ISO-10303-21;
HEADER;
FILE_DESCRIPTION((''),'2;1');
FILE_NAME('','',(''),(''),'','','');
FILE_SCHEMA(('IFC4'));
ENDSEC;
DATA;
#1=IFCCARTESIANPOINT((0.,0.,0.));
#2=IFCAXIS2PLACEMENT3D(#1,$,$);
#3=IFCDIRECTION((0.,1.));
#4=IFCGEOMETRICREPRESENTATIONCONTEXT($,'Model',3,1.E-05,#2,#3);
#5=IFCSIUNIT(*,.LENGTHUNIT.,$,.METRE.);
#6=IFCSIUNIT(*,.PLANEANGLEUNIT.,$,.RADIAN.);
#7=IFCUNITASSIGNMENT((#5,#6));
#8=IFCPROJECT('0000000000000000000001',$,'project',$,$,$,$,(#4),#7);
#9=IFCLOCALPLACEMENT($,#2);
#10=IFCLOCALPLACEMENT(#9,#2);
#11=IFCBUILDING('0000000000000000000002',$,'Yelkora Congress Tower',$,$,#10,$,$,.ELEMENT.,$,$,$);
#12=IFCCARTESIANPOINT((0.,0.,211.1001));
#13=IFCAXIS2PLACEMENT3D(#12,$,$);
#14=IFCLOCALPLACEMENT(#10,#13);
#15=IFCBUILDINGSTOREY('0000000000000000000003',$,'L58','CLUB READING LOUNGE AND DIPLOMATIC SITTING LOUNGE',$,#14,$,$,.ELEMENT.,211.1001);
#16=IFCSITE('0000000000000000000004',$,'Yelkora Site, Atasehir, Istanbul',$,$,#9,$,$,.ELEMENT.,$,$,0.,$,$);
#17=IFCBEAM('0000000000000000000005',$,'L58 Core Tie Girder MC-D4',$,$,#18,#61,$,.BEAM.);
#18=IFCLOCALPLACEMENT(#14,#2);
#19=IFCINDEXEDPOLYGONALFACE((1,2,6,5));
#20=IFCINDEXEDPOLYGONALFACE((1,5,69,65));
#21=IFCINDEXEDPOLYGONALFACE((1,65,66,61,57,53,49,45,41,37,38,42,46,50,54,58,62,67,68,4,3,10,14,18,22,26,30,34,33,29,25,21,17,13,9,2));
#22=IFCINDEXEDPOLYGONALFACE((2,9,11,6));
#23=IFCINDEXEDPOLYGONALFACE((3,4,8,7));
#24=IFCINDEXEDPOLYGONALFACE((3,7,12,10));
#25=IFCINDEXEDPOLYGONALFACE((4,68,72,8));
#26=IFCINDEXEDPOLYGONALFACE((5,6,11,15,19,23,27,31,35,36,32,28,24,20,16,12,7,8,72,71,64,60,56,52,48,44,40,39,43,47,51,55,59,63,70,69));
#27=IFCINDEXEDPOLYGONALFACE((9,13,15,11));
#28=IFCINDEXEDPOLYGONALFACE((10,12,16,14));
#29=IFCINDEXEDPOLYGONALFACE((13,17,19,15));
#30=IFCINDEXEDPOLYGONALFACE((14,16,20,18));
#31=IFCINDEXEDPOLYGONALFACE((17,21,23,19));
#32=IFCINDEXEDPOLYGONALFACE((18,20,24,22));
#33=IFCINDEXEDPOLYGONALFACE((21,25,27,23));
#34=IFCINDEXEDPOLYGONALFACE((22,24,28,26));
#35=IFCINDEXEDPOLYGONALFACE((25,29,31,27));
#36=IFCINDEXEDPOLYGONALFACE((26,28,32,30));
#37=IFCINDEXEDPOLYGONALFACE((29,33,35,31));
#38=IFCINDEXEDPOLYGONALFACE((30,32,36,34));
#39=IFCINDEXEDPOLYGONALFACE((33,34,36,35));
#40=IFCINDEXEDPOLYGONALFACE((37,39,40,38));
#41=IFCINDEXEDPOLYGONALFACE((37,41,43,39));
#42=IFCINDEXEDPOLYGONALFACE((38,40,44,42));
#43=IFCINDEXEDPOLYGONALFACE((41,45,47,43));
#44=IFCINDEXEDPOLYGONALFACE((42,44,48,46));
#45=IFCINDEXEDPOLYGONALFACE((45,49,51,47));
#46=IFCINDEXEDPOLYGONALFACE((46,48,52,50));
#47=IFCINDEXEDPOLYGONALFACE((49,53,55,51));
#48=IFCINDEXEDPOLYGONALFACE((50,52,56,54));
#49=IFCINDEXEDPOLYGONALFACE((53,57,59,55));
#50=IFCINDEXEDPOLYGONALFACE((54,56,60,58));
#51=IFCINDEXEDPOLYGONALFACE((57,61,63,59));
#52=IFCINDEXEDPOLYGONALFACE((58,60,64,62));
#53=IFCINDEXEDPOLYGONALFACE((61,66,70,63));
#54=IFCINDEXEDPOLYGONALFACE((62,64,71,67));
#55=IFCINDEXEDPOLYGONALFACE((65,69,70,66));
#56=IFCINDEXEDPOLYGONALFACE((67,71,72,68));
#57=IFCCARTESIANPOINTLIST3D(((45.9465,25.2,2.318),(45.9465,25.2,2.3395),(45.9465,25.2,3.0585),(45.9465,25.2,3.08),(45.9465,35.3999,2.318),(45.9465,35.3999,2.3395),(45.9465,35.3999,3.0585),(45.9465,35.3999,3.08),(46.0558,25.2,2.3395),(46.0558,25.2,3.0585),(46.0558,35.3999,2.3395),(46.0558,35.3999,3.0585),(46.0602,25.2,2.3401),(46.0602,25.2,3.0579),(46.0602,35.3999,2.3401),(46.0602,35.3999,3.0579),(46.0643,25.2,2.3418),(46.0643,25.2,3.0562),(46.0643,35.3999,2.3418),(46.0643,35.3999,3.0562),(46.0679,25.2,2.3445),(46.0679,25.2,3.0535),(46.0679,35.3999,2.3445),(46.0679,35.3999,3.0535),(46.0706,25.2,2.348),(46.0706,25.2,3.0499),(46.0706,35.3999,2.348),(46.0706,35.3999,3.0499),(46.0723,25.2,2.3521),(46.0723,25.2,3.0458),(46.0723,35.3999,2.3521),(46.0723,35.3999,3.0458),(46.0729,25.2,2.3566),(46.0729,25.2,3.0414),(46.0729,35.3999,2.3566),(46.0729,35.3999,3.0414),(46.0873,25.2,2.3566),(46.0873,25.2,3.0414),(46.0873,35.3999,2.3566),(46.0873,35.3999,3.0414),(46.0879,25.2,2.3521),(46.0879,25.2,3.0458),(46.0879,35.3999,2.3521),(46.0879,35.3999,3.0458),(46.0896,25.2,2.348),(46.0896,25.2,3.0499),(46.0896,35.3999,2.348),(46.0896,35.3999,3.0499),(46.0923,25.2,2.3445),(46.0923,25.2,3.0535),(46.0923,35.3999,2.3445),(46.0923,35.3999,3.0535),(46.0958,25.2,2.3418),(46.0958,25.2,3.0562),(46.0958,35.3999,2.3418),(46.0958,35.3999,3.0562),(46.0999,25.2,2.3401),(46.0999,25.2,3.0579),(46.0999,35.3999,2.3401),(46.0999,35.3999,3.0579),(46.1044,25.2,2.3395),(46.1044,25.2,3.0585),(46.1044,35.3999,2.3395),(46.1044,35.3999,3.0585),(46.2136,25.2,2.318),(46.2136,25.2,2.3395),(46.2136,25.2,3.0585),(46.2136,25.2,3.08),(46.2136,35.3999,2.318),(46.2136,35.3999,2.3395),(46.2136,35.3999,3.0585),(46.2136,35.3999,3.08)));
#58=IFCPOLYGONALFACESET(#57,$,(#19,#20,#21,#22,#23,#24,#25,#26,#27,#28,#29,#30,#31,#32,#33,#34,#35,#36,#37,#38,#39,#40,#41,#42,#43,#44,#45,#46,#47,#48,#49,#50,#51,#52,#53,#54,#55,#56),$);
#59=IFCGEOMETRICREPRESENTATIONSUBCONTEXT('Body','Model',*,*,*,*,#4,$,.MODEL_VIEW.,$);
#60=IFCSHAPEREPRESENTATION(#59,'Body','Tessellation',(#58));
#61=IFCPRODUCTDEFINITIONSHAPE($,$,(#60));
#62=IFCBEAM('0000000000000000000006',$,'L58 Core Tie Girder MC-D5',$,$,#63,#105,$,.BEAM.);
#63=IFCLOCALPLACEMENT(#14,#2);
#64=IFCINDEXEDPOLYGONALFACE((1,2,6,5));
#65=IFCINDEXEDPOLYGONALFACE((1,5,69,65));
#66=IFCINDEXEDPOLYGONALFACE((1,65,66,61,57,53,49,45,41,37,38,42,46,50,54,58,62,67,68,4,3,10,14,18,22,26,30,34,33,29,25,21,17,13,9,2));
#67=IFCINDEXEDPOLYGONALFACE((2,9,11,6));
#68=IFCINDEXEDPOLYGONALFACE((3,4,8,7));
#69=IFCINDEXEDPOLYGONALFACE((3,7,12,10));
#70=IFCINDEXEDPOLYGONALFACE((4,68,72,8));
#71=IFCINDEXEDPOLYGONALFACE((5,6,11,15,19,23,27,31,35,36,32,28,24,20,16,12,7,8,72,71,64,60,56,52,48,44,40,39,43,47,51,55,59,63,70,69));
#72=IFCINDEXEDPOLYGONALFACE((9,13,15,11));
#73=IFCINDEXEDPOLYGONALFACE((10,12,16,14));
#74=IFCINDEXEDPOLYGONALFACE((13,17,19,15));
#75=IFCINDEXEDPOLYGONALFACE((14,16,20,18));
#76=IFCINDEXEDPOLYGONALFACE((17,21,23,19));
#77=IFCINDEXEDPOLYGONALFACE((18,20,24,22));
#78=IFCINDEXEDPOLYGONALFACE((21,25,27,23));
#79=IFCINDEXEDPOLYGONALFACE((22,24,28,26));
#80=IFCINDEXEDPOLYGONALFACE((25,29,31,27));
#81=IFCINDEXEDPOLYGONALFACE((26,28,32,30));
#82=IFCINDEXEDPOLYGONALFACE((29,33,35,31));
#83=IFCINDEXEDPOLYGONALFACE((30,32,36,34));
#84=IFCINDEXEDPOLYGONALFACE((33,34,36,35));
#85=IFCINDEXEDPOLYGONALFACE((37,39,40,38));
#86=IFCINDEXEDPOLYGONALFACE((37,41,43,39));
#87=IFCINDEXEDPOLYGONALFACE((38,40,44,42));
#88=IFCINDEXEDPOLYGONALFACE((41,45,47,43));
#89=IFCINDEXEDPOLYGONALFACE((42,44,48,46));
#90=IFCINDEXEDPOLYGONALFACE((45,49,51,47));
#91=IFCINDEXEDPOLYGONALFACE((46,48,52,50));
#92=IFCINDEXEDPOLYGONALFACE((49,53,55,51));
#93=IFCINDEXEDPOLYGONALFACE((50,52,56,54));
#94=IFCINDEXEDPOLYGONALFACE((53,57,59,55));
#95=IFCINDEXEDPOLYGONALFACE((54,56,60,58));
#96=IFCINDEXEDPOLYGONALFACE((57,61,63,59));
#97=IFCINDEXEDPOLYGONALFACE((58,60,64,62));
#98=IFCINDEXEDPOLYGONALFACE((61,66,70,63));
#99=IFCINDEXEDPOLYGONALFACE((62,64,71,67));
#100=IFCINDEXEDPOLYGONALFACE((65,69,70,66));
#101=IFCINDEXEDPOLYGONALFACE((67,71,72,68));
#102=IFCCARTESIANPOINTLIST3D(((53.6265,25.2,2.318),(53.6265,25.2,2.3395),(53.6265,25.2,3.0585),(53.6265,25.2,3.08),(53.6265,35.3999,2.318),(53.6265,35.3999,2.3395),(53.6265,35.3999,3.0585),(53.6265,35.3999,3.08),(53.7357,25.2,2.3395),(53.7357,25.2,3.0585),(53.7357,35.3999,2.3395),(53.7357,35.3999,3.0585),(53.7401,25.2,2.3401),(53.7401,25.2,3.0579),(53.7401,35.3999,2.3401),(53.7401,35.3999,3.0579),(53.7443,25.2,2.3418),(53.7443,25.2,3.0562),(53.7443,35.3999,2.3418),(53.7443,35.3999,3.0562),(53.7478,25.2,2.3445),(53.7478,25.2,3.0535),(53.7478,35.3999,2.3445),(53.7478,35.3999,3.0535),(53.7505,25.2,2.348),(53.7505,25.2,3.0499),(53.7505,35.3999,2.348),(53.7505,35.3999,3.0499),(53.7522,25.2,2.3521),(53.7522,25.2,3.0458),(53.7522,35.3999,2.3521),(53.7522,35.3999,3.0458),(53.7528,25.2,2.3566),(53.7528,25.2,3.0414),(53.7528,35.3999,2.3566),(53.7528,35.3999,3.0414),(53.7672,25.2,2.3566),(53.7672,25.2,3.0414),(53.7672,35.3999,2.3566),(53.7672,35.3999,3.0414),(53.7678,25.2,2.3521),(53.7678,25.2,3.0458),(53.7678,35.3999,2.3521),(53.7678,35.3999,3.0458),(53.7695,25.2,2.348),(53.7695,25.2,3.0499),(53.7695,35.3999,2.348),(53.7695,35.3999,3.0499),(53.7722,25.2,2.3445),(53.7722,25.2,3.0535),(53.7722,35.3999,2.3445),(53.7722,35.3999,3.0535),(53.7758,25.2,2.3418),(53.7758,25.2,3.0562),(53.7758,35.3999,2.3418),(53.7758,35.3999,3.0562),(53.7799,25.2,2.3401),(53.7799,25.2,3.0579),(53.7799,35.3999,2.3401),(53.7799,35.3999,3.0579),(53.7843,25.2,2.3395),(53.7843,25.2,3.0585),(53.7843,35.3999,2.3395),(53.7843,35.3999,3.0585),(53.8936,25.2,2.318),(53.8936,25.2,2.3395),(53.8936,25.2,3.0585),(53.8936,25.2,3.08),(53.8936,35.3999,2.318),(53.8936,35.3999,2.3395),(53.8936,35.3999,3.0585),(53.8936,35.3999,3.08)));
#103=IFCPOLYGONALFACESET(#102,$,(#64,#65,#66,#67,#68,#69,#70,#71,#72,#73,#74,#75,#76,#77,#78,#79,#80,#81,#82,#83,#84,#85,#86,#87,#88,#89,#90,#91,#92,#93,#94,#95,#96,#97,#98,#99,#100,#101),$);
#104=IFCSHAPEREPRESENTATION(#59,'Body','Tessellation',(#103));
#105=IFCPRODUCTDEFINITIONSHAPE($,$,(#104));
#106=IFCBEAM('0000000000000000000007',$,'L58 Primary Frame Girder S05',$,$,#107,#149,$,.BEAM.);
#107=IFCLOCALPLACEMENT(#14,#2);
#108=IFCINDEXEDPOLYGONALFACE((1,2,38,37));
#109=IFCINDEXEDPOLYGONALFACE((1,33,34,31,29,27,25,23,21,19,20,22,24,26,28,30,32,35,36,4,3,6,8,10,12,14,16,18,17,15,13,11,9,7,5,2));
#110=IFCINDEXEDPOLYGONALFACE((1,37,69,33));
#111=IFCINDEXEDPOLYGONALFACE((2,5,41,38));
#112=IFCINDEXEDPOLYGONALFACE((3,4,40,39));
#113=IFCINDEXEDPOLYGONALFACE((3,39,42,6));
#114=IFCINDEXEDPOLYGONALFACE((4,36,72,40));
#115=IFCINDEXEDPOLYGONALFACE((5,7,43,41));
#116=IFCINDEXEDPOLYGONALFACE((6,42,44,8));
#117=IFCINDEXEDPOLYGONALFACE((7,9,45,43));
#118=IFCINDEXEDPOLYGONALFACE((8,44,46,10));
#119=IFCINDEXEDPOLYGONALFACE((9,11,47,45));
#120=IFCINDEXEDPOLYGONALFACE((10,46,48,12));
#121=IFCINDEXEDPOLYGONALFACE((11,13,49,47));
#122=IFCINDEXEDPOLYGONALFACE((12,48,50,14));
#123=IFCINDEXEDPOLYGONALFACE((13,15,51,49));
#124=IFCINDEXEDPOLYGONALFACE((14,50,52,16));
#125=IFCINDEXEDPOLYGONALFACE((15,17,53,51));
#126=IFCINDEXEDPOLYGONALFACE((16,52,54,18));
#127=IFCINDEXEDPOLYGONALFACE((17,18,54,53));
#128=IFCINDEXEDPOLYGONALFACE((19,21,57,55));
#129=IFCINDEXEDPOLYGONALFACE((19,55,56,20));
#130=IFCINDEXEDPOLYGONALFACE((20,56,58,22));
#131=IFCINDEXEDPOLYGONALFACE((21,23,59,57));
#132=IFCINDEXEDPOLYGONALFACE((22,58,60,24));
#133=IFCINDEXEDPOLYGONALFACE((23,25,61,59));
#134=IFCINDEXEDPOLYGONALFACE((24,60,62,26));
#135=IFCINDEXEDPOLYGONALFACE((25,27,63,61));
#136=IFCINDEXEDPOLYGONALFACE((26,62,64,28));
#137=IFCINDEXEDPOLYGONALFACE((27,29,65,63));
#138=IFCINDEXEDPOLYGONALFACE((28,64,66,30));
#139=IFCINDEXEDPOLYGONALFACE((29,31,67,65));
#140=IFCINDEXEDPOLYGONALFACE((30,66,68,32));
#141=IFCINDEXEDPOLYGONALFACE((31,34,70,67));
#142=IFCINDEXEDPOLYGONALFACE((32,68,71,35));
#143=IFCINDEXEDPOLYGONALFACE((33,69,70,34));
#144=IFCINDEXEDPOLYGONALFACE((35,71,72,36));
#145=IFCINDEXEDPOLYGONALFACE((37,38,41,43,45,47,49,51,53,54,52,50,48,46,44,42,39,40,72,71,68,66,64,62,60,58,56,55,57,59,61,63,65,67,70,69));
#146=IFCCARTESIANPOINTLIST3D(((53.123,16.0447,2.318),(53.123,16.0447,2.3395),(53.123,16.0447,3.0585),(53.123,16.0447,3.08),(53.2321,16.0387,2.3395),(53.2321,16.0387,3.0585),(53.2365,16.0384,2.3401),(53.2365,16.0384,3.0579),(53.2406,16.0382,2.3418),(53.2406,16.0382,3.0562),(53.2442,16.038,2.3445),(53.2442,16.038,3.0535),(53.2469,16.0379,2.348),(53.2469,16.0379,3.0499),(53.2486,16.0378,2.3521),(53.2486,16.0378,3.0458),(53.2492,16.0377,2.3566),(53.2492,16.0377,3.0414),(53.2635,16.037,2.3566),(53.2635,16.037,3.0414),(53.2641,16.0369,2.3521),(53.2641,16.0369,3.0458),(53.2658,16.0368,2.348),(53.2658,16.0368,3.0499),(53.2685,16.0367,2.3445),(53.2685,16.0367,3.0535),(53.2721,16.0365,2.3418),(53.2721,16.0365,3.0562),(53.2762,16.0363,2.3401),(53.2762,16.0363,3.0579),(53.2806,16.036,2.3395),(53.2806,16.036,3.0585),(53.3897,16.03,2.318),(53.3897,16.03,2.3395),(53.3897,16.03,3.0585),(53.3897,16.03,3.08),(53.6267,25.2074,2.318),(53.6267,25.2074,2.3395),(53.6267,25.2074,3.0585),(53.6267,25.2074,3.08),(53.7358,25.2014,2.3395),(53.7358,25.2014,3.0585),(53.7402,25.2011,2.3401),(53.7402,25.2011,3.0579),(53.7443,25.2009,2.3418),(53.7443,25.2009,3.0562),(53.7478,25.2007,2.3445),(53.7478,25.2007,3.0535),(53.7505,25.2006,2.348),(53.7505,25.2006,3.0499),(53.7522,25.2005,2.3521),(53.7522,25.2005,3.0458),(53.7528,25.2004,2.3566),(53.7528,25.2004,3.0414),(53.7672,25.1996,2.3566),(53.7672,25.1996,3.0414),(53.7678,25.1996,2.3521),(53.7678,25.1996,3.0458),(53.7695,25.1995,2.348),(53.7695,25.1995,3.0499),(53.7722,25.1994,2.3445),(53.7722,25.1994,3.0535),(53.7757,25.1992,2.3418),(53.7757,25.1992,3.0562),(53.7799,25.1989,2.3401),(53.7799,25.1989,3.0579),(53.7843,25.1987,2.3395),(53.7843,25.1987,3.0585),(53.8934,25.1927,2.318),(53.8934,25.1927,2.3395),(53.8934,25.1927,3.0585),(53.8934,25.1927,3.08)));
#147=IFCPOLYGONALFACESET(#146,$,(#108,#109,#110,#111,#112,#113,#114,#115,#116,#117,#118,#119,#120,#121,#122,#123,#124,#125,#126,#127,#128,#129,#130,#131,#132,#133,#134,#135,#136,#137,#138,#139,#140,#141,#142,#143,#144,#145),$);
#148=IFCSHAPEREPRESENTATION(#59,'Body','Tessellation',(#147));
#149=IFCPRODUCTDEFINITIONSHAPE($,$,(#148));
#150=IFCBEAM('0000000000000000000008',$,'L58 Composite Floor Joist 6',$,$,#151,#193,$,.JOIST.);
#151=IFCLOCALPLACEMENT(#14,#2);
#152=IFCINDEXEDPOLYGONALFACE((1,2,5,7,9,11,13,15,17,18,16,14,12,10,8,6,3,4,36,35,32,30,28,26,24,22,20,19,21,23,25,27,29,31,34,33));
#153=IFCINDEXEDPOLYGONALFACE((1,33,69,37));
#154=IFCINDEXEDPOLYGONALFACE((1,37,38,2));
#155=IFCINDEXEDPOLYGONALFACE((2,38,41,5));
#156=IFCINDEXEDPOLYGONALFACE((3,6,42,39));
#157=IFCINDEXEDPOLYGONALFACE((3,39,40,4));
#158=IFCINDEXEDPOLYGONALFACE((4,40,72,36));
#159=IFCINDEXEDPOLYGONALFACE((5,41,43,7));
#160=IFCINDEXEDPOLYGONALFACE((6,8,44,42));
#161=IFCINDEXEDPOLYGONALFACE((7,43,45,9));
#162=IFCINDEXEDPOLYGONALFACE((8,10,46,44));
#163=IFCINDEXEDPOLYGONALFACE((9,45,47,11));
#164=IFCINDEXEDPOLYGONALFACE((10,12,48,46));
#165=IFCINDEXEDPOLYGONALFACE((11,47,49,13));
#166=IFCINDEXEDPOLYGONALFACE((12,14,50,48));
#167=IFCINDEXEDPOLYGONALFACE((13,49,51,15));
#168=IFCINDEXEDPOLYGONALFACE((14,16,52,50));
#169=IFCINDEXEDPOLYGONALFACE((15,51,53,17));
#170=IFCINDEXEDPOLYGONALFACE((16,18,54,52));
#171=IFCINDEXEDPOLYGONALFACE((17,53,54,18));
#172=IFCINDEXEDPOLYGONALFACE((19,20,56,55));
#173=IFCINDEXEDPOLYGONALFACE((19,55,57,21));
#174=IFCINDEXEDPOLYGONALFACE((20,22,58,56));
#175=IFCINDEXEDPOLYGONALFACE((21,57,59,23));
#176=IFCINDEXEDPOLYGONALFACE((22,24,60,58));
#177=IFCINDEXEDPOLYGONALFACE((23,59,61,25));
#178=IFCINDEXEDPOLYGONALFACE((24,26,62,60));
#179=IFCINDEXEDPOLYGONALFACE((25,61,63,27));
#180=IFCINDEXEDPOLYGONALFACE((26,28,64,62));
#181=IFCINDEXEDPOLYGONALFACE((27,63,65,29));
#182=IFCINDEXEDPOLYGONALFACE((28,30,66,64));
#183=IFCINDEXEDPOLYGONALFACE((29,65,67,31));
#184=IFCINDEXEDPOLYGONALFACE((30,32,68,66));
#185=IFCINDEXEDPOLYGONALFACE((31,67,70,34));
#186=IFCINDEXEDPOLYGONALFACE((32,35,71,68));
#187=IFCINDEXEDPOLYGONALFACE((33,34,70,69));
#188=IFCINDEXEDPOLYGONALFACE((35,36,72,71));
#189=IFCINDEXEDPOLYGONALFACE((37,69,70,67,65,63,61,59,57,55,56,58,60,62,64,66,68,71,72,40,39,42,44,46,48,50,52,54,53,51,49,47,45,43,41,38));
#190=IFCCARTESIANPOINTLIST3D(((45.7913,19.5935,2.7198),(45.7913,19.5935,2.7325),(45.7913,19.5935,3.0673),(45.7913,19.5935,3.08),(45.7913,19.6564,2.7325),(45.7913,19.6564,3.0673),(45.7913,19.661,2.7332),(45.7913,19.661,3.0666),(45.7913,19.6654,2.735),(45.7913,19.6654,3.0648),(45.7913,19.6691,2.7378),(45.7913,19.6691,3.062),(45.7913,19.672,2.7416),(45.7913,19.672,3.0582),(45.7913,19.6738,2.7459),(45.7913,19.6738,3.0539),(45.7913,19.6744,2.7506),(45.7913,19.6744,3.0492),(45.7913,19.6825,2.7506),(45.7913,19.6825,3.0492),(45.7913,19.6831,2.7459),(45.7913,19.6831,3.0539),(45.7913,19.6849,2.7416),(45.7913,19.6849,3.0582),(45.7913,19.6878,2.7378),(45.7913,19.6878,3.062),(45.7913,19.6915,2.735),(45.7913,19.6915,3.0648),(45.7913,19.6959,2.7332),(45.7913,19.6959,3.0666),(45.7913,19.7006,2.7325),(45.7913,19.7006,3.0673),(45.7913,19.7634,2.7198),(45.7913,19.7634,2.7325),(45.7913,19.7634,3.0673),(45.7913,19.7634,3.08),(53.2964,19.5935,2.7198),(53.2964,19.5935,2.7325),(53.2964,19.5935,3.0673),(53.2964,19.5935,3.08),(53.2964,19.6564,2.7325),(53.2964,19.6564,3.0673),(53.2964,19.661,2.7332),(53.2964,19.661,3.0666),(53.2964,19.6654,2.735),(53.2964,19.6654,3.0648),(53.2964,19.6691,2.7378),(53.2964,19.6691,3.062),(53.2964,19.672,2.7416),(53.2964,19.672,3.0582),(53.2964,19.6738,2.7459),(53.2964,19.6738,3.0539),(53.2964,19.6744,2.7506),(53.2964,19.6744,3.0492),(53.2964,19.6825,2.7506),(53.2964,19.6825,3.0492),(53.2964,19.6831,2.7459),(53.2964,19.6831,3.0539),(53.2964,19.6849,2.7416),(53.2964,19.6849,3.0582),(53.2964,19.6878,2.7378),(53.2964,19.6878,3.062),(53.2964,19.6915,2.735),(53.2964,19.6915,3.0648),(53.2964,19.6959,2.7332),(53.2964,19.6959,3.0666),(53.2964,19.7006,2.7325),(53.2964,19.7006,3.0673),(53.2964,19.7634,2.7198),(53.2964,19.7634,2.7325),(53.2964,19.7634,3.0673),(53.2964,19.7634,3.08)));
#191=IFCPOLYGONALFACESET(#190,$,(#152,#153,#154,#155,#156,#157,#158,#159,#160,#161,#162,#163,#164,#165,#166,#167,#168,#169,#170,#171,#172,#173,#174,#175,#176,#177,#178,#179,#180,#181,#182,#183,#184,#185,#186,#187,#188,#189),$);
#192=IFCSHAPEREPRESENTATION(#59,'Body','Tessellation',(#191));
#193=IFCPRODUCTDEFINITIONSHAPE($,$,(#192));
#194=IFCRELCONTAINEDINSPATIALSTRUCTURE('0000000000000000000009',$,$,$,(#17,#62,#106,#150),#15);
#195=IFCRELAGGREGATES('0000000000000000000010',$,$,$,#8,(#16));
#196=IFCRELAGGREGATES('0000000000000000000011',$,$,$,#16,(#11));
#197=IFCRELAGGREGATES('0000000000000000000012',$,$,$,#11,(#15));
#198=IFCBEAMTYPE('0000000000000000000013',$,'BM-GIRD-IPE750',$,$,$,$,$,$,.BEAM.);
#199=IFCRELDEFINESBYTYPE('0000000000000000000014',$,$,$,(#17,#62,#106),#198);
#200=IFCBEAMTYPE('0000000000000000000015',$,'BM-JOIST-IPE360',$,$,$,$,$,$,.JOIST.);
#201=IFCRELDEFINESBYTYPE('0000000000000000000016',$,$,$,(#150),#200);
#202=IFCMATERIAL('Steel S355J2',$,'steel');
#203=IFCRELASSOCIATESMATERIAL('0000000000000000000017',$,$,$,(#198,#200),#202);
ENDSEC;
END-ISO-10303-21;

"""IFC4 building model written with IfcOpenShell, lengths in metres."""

from ifc_helpers import new_model, si_unit, direction, frame, origin, origin_2d, place, context, subcontext, project, spatial, i_section, extrude, material, material_profile, profile_set, type_object, element, save


model = new_model("IFC4")

# Units and contexts
model_context = context("Model", 3, precision=1e-05, world=origin(), true_north=direction((0.0, 1.0)))
body_context = subcontext(model_context, "Body", "Model", "MODEL_VIEW")
ifc_project = project(units=[si_unit("LENGTHUNIT", "METRE"), si_unit("PLANEANGLEUNIT", "RADIAN")], contexts=[model_context])

# Site, building, storey
site_placement = place(None, origin())
site = spatial("IfcSite", under=ifc_project, at=site_placement, Name="Yelkora Site, Atasehir, Istanbul", CompositionType="ELEMENT", RefElevation=0.0)
building_placement = place(site_placement, origin())
building = spatial("IfcBuilding", under=site, at=building_placement, Name="Yelkora Congress Tower", CompositionType="ELEMENT")
storey_placement = place(building_placement, frame((0.0, 0.0, 211.1001)))
storey = spatial("IfcBuildingStorey", under=building, at=storey_placement, Name="L58", Description="CLUB READING LOUNGE AND DIPLOMATIC SITTING LOUNGE", CompositionType="ELEMENT", Elevation=211.1001)

# Shared definitions
ifc_material_1 = material(Name="Steel S355J2", Category="steel")

# Beams
ifc_material_profile_1 = material_profile(ifc_material_1, i_section(OverallWidth=0.2671, OverallDepth=0.762, WebThickness=0.0144, FlangeThickness=0.0215, FilletRadius=0.0171, at=origin_2d()), Name="IPE 750x173")
ifc_profile_set_1 = profile_set([ifc_material_profile_1], Name="Steel S355J2")
beam_type_1 = type_object("IfcBeamType", Name="BM-GIRD-IPE750", PredefinedType="BEAM", material=ifc_profile_set_1)
for number, where, z_axis, x_axis, name in (
    (1, (46.0801, 25.2, 2.699), (0.0, 1.0, 0.0), (-1.0, 0.0, 0.0), "L58 Core Tie Girder MC-D4"),
    (2, (53.76, 25.2, 2.699), (0.0, 1.0, 0.0), (-1.0, 0.0, 0.0), "L58 Core Tie Girder MC-D5"),
):
    element("IfcBeam", number, at=place(storey_placement, frame(where, z_axis=z_axis, x_axis=x_axis)), inside=storey, type_object=beam_type_1, Name=name, PredefinedType="BEAM", context=body_context, shape_type="SweptSolid", body=[
        extrude(i_section(OverallWidth=0.2671, OverallDepth=0.762, WebThickness=0.0144, FlangeThickness=0.0215, FilletRadius=0.0171, at=origin_2d()), origin(), (0.0, 0.0, 1.0), 10.2),
    ])
beam_1_placement = place(storey_placement, frame((53.2563, 16.0374, 2.699), z_axis=(0.054886, 0.998493, 0.0), x_axis=(-0.998493, 0.054886, 0.0)))
element("IfcBeam", 3, at=beam_1_placement, inside=storey, type_object=beam_type_1, Name="L58 Primary Frame Girder S05", PredefinedType="BEAM", context=body_context, shape_type="SweptSolid", body=[
    extrude(i_section(OverallWidth=0.2671, OverallDepth=0.762, WebThickness=0.0144, FlangeThickness=0.0215, FilletRadius=0.0171, at=origin_2d()), origin(), (0.0, 0.0, 1.0), 9.1765),
])
ifc_material_profile_2 = material_profile(ifc_material_1, i_section(OverallWidth=0.1699, OverallDepth=0.3601, WebThickness=0.0081, FlangeThickness=0.0127, FilletRadius=0.0181, at=origin_2d()), Name="IPE 360")
ifc_profile_set_2 = profile_set([ifc_material_profile_2], Name="Steel S355J2")
beam_type_2 = type_object("IfcBeamType", Name="BM-JOIST-IPE360", PredefinedType="JOIST", material=ifc_profile_set_2)
beam_2_placement = place(storey_placement, frame((45.7913, 19.6785, 2.8999), z_axis=(1.0, 0.0, 0.0), x_axis=(0.0, 1.0, 0.0)))
element("IfcBeam", 4, at=beam_2_placement, inside=storey, type_object=beam_type_2, Name="L58 Composite Floor Joist 6", PredefinedType="JOIST", context=body_context, shape_type="SweptSolid", body=[
    extrude(i_section(OverallWidth=0.1699, OverallDepth=0.3601, WebThickness=0.0081, FlangeThickness=0.0127, FilletRadius=0.0181, at=origin_2d()), origin(), (0.0, 0.0, 1.0), 7.5051),
])

save(model, "model.ifc")
